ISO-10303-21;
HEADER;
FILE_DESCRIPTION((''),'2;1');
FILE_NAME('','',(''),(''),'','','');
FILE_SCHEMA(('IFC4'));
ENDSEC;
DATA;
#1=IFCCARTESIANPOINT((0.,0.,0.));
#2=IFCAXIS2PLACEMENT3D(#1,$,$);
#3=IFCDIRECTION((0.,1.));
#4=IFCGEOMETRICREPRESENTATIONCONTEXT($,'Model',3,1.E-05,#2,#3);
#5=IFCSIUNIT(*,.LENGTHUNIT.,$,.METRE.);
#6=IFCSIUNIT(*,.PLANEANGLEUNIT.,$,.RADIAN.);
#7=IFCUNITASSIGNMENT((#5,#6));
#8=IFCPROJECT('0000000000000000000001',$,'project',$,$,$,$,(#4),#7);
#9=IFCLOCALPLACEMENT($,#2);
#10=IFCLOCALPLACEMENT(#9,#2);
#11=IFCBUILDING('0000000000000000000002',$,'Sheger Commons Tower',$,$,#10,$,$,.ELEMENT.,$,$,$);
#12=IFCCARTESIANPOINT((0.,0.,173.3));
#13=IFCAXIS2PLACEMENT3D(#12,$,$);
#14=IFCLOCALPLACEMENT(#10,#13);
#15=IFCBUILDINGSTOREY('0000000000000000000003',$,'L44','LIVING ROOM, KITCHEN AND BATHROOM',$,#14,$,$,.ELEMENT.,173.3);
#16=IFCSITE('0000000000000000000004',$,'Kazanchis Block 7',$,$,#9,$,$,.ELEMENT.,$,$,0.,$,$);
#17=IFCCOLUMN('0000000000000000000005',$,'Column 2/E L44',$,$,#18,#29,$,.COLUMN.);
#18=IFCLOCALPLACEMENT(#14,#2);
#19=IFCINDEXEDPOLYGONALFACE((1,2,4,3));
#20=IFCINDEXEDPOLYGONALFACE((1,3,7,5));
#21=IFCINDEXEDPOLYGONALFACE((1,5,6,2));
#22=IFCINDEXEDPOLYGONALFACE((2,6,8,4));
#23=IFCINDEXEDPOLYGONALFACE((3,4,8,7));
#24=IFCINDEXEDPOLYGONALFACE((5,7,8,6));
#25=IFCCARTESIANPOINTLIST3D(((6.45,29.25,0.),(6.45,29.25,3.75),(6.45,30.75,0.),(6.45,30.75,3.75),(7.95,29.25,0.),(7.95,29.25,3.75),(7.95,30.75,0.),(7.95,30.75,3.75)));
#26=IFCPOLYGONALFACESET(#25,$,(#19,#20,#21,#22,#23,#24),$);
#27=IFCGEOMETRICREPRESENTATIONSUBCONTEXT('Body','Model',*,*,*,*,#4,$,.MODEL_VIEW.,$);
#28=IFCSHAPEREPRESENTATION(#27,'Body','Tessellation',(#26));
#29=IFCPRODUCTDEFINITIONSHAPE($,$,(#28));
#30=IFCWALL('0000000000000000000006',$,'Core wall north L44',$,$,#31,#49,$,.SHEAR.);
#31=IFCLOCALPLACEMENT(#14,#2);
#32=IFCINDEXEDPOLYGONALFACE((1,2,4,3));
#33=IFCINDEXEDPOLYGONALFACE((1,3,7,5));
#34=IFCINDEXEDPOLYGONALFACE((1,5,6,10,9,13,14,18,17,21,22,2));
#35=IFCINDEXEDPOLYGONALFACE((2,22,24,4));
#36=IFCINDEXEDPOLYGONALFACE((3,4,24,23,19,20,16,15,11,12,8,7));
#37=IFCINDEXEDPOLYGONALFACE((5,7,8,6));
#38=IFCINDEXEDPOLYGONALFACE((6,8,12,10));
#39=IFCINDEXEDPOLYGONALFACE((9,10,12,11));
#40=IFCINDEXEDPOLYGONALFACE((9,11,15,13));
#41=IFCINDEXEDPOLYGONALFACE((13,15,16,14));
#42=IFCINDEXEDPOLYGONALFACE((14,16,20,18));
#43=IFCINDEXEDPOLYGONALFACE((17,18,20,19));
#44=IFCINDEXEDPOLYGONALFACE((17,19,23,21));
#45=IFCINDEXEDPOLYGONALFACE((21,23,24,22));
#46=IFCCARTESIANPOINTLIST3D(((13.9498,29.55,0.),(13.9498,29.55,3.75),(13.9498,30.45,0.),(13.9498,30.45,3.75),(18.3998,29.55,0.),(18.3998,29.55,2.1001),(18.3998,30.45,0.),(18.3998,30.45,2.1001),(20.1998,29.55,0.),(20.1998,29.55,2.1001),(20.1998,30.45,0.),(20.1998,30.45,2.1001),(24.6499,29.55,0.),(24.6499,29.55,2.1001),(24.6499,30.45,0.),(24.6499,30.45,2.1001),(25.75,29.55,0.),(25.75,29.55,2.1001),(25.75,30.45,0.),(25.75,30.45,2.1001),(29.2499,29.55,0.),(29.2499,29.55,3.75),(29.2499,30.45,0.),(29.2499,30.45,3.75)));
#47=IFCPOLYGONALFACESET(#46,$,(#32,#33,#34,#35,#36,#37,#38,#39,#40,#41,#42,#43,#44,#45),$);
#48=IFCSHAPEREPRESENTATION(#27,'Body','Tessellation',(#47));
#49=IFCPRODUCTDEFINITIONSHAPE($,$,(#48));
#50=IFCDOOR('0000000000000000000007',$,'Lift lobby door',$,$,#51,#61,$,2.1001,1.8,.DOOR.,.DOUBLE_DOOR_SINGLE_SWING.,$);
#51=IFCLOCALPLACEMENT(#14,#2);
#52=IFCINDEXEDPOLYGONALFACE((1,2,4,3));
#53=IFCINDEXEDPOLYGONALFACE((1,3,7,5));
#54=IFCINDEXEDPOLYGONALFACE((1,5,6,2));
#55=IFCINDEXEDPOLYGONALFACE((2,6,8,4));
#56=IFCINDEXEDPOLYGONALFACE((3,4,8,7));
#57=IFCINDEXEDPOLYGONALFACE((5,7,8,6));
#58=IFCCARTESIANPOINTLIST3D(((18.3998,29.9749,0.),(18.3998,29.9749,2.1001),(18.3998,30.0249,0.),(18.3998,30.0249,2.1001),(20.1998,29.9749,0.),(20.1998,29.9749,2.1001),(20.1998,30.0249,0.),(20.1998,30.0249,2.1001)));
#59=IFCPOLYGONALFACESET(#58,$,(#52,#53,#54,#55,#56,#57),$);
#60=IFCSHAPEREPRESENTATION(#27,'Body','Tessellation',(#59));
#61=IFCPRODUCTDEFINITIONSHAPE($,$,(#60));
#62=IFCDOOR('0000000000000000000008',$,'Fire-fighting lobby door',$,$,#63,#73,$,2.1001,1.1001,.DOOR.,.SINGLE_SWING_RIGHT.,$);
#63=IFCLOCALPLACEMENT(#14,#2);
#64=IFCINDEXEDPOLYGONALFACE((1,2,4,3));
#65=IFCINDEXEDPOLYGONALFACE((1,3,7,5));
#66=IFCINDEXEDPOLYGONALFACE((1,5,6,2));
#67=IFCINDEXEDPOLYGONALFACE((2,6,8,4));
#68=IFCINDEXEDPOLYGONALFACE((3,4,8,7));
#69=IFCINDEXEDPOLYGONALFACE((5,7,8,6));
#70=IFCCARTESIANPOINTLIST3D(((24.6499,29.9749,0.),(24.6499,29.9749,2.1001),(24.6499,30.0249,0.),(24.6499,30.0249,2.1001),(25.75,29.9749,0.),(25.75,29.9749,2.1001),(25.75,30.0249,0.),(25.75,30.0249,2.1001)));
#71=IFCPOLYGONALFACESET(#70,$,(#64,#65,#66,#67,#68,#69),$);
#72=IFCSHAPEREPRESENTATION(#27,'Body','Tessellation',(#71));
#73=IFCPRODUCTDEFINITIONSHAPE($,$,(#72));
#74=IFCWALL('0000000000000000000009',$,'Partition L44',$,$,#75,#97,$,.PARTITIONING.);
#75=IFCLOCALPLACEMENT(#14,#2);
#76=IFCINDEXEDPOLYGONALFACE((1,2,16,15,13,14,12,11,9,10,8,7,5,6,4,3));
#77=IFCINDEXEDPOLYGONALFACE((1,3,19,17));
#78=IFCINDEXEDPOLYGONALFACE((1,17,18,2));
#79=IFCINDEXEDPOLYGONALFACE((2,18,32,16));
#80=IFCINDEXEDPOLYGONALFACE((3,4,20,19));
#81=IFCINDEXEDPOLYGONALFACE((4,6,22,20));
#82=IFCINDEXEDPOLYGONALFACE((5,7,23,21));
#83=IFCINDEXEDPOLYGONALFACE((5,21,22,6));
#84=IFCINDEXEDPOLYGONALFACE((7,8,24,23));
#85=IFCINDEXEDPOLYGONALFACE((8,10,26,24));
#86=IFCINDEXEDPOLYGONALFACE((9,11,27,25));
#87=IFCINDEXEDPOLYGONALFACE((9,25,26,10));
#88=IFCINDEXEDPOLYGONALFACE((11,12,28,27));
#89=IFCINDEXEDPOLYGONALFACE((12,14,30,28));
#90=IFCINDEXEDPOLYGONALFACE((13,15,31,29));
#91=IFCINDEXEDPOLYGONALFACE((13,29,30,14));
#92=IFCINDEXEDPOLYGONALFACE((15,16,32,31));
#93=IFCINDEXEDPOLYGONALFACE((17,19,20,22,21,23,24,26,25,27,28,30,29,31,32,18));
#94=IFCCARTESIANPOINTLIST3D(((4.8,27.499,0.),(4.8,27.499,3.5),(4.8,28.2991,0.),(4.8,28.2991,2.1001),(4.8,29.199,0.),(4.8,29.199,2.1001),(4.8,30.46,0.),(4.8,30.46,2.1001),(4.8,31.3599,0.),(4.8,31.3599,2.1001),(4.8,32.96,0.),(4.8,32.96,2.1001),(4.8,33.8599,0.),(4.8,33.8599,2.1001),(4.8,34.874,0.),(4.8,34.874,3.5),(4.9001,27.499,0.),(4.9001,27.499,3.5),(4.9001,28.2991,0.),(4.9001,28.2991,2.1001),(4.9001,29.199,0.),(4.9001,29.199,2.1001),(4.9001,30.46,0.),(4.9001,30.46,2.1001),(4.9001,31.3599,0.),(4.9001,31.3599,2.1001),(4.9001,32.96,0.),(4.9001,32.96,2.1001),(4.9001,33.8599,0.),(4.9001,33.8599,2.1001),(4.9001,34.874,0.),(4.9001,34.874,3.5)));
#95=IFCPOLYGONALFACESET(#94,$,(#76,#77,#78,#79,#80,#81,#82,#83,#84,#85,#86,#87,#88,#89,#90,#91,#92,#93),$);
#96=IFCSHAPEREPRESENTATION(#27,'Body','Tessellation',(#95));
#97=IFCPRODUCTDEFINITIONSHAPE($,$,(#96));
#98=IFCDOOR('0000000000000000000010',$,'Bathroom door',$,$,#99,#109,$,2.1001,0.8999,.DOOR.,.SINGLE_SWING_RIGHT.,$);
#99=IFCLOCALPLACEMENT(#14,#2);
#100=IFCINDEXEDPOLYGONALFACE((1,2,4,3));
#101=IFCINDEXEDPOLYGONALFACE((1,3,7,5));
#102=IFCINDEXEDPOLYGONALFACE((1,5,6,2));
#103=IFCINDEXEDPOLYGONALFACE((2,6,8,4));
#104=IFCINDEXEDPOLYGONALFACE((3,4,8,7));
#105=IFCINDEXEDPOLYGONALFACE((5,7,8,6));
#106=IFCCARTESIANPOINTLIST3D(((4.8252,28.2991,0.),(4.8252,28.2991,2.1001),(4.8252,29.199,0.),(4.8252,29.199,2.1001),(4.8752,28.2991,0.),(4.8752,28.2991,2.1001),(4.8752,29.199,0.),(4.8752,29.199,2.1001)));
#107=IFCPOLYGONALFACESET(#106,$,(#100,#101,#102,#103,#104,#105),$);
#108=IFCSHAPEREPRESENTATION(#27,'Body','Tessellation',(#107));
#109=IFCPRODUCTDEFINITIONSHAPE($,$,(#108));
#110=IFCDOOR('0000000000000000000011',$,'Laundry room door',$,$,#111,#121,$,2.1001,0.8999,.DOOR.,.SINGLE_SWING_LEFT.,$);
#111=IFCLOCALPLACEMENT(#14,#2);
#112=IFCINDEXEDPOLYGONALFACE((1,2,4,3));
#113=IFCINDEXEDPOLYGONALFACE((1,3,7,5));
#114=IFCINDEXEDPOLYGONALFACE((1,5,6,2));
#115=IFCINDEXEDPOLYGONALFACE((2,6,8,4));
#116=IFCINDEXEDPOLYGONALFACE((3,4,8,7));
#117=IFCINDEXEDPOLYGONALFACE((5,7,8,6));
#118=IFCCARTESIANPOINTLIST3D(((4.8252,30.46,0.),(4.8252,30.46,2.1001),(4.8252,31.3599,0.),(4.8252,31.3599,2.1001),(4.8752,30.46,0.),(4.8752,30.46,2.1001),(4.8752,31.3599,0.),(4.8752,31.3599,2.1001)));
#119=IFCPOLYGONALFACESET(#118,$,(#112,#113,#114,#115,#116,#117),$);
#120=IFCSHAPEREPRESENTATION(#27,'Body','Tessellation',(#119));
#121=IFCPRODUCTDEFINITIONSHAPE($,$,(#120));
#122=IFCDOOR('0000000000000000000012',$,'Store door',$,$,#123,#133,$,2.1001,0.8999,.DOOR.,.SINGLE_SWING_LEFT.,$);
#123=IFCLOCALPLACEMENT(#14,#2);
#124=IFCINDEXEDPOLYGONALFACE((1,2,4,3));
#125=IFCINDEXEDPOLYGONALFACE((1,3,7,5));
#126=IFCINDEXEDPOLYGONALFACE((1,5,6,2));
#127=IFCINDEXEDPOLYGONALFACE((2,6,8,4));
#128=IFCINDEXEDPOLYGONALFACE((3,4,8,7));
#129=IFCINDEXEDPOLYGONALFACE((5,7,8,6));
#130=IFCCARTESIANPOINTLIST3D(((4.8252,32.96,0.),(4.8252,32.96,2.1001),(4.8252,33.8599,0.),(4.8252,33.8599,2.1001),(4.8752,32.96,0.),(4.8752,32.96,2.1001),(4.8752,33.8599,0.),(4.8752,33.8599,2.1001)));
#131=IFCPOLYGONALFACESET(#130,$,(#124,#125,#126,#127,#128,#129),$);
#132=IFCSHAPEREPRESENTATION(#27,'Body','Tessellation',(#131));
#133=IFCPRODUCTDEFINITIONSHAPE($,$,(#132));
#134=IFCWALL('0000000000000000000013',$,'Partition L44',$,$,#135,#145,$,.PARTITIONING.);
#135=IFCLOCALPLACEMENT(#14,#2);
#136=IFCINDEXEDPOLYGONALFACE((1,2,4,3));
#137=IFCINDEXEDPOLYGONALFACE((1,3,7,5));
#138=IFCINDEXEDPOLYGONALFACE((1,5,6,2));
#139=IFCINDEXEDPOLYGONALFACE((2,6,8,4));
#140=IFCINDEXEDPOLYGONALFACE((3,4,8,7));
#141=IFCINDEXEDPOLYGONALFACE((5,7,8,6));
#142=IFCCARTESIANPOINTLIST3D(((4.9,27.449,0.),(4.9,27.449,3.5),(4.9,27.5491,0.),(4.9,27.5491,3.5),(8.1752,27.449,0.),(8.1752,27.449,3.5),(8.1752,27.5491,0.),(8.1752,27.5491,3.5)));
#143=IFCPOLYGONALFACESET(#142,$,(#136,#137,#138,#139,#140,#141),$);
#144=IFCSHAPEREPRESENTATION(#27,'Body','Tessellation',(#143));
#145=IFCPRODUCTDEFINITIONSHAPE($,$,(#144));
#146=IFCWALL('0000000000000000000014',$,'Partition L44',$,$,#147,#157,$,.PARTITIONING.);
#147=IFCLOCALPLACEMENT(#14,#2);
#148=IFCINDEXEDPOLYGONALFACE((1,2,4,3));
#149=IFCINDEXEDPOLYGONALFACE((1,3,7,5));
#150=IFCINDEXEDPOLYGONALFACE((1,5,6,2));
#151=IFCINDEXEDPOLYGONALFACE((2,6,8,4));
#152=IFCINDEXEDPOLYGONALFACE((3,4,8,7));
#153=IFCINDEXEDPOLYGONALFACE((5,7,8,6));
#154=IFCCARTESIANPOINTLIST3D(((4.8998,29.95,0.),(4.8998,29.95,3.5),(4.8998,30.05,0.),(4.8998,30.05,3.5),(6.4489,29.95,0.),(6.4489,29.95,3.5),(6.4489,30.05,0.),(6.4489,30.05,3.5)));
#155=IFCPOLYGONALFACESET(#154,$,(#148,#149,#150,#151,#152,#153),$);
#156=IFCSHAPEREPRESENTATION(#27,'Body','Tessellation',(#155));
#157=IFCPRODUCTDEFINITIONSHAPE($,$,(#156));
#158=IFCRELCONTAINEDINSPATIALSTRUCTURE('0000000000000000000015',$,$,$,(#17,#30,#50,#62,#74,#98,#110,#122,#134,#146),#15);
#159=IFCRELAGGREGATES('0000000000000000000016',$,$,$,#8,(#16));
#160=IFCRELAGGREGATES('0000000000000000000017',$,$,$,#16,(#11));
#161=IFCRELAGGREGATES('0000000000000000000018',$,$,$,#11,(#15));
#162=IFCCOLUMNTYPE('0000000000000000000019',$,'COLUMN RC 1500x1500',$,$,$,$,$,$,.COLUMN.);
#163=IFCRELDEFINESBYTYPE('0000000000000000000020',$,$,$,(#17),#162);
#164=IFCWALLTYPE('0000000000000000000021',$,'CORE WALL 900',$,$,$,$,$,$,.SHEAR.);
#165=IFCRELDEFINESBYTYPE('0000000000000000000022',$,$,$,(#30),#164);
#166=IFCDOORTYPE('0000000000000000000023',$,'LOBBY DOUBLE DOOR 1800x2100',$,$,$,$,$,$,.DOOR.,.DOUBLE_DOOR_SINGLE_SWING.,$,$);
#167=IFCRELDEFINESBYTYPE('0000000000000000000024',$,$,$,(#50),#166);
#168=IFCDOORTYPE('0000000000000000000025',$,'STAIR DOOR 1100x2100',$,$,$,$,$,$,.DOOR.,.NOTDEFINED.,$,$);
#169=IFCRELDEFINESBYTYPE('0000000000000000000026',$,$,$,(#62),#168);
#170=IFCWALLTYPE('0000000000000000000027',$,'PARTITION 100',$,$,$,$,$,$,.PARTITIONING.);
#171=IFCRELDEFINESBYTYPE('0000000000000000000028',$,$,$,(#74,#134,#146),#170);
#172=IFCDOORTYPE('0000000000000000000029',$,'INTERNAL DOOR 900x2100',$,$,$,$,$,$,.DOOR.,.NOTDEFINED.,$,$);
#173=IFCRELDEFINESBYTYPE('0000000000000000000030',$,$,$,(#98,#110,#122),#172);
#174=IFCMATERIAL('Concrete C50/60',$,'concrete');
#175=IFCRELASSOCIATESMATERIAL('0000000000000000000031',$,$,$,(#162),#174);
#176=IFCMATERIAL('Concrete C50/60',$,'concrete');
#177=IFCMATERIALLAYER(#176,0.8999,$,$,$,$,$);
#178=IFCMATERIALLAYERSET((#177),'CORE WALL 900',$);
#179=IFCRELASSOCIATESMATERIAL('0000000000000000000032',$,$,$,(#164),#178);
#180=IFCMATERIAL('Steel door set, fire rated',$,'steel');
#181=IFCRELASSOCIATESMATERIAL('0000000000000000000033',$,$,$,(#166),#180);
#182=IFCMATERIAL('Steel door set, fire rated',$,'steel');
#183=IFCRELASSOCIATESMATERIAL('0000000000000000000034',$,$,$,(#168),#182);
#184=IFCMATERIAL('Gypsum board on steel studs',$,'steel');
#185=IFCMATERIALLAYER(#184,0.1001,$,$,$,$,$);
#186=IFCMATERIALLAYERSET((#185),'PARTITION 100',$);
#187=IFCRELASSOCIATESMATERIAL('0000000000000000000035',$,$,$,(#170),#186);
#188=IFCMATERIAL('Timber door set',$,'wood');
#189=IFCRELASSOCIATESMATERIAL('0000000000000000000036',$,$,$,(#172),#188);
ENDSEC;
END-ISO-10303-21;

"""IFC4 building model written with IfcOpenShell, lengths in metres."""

from ifc_helpers import new_model, si_unit, direction, frame, frame_2d, origin, origin_2d, place, context, subcontext, project, spatial, rectangle, extrude, material, layer, layer_set, material_profile, profile_set, type_object, element, fill, save


model = new_model("IFC4")

# Units and contexts
model_context = context("Model", 3, precision=1e-05, world=origin(), true_north=direction((0.0, 1.0)))
body_context = subcontext(model_context, "Body", "Model", "MODEL_VIEW")
ifc_project = project(units=[si_unit("LENGTHUNIT", "METRE"), si_unit("PLANEANGLEUNIT", "RADIAN")], contexts=[model_context])

# Site, building, storey
site_placement = place(None, origin())
site = spatial("IfcSite", under=ifc_project, at=site_placement, Name="Kazanchis Block 7", CompositionType="ELEMENT", RefElevation=0.0)
building_placement = place(site_placement, origin())
building = spatial("IfcBuilding", under=site, at=building_placement, Name="Sheger Commons Tower", CompositionType="ELEMENT")
storey_placement = place(building_placement, frame((0.0, 0.0, 173.3)))
storey = spatial("IfcBuildingStorey", under=building, at=storey_placement, Name="L44", Description="LIVING ROOM, KITCHEN AND BATHROOM", CompositionType="ELEMENT", Elevation=173.3)

# Column
ifc_material_1 = material(Name="Concrete C50/60", Category="concrete")
ifc_material_profile = material_profile(ifc_material_1, rectangle(XDim=1.5, YDim=1.5, at=origin_2d()), Name="RC 1500x1500")
ifc_profile_set = profile_set([ifc_material_profile], Name="Concrete C50/60")
column_type = type_object("IfcColumnType", Name="COLUMN RC 1500x1500", PredefinedType="COLUMN", material=ifc_profile_set)
column_placement = place(storey_placement, frame((7.2, 30.0, 0.0), z_axis=(0.0, 0.0, 1.0), x_axis=(1.0, 0.0, 0.0)))
element("IfcColumn", 1, at=column_placement, inside=storey, type_object=column_type, Name="Column 2/E L44", PredefinedType="COLUMN", context=body_context, shape_type="SweptSolid", body=[
    extrude(rectangle(XDim=1.5, YDim=1.5, at=origin_2d()), origin(), (0.0, 0.0, 1.0), 3.75),
])

# Walls, openings, doors
ifc_material_2 = material(Name="Concrete C50/60", Category="concrete")
ifc_layer_1 = layer(ifc_material_2, 0.8999)
ifc_layer_set_1 = layer_set([ifc_layer_1], Name="CORE WALL 900")
wall_type_1 = type_object("IfcWallType", Name="CORE WALL 900", PredefinedType="SHEAR", material=ifc_layer_set_1)
wall_1_placement = place(storey_placement, frame((13.95, 30.0, 0.0), z_axis=(0.0, 0.0, 1.0), x_axis=(1.0, 0.0, 0.0)))
wall_1 = element("IfcWall", 2, at=wall_1_placement, inside=storey, type_object=wall_type_1, Name="Core wall north L44", PredefinedType="SHEAR", context=body_context, shape_type="SweptSolid", body=[
    extrude(rectangle(XDim=15.3, YDim=0.8999, at=frame_2d((7.6499, 0.0))), origin(), (0.0, 0.0, 1.0), 3.75),
])
opening_1_placement = place(wall_1_placement, frame((4.45, 0.0, 0.0)))
opening_1 = element("IfcOpeningElement", 3, at=opening_1_placement, cuts=wall_1, PredefinedType="OPENING", context=body_context, shape_type="SweptSolid", body=[
    extrude(rectangle(XDim=1.8, YDim=2.1001, at=frame_2d((0.8999, 1.05))), frame((0.0, 0.46, 0.0), z_axis=(0.0, -1.0, 0.0), x_axis=(1.0, 0.0, 0.0)), (0.0, 0.0, 1.0), 0.9199),
])
opening_2_placement = place(wall_1_placement, frame((10.7, 0.0, 0.0)))
opening_2 = element("IfcOpeningElement", 4, at=opening_2_placement, cuts=wall_1, PredefinedType="OPENING", context=body_context, shape_type="SweptSolid", body=[
    extrude(rectangle(XDim=1.1001, YDim=2.1001, at=frame_2d((0.55, 1.05))), frame((0.0, 0.46, 0.0), z_axis=(0.0, -1.0, 0.0), x_axis=(1.0, 0.0, 0.0)), (0.0, 0.0, 1.0), 0.9199),
])
ifc_material_3 = material(Name="Steel door set, fire rated", Category="steel")
door_type_1 = type_object("IfcDoorType", Name="LOBBY DOUBLE DOOR 1800x2100", OperationType="DOUBLE_DOOR_SINGLE_SWING", PredefinedType="DOOR", material=ifc_material_3)
door_1_placement = place(opening_1_placement, origin())
door_1 = element("IfcDoor", 5, at=door_1_placement, inside=storey, type_object=door_type_1, Name="Lift lobby door", OperationType="DOUBLE_DOOR_SINGLE_SWING", OverallHeight=2.1001, OverallWidth=1.8, PredefinedType="DOOR", context=body_context, shape_type="SweptSolid", body=[
    extrude(rectangle(XDim=1.8, YDim=2.1001, at=frame_2d((0.8999, 1.05))), frame((0.0, 0.0249, 0.0), z_axis=(0.0, -1.0, 0.0), x_axis=(1.0, 0.0, 0.0)), (0.0, 0.0, 1.0), 0.05),
])
fill(opening_1, door_1)
ifc_material_4 = material(Name="Steel door set, fire rated", Category="steel")
door_type_2 = type_object("IfcDoorType", Name="STAIR DOOR 1100x2100", OperationType="NOTDEFINED", PredefinedType="DOOR", material=ifc_material_4)
door_2_placement = place(opening_2_placement, origin())
door_2 = element("IfcDoor", 6, at=door_2_placement, inside=storey, type_object=door_type_2, Name="Fire-fighting lobby door", OperationType="SINGLE_SWING_RIGHT", OverallHeight=2.1001, OverallWidth=1.1001, PredefinedType="DOOR", context=body_context, shape_type="SweptSolid", body=[
    extrude(rectangle(XDim=1.1001, YDim=2.1001, at=frame_2d((0.55, 1.05))), frame((0.0, 0.0249, 0.0), z_axis=(0.0, -1.0, 0.0), x_axis=(1.0, 0.0, 0.0)), (0.0, 0.0, 1.0), 0.05),
])
fill(opening_2, door_2)
ifc_material_5 = material(Name="Gypsum board on steel studs", Category="steel")
ifc_layer_2 = layer(ifc_material_5, 0.1001)
ifc_layer_set_2 = layer_set([ifc_layer_2], Name="PARTITION 100")
wall_type_2 = type_object("IfcWallType", Name="PARTITION 100", PredefinedType="PARTITIONING", material=ifc_layer_set_2)
wall_2_placement = place(storey_placement, frame((4.8501, 27.499, 0.0), z_axis=(0.0, 0.0, 1.0), x_axis=(0.0, 1.0, 0.0)))
wall_2 = element("IfcWall", 7, at=wall_2_placement, inside=storey, type_object=wall_type_2, Name="Partition L44", PredefinedType="PARTITIONING", context=body_context, shape_type="SweptSolid", body=[
    extrude(rectangle(XDim=7.375, YDim=0.1001, at=frame_2d((3.6875, 0.0))), origin(), (0.0, 0.0, 1.0), 3.5),
])
opening_3_placement = place(wall_2_placement, frame((0.8, 0.0, 0.0)))
opening_3 = element("IfcOpeningElement", 8, at=opening_3_placement, cuts=wall_2, PredefinedType="OPENING", context=body_context, shape_type="SweptSolid", body=[
    extrude(rectangle(XDim=0.8999, YDim=2.1001, at=frame_2d((0.45, 1.05))), frame((0.0, 0.0601, 0.0), z_axis=(0.0, -1.0, 0.0), x_axis=(1.0, 0.0, 0.0)), (0.0, 0.0, 1.0), 0.1201),
])
opening_4_placement = place(wall_2_placement, frame((2.9609, 0.0, 0.0)))
opening_4 = element("IfcOpeningElement", 9, at=opening_4_placement, cuts=wall_2, PredefinedType="OPENING", context=body_context, shape_type="SweptSolid", body=[
    extrude(rectangle(XDim=0.8999, YDim=2.1001, at=frame_2d((0.45, 1.05))), frame((0.0, 0.0601, 0.0), z_axis=(0.0, -1.0, 0.0), x_axis=(1.0, 0.0, 0.0)), (0.0, 0.0, 1.0), 0.1201),
])
opening_5_placement = place(wall_2_placement, frame((5.4609, 0.0, 0.0)))
opening_5 = element("IfcOpeningElement", 10, at=opening_5_placement, cuts=wall_2, PredefinedType="OPENING", context=body_context, shape_type="SweptSolid", body=[
    extrude(rectangle(XDim=0.8999, YDim=2.1001, at=frame_2d((0.45, 1.05))), frame((0.0, 0.0601, 0.0), z_axis=(0.0, -1.0, 0.0), x_axis=(1.0, 0.0, 0.0)), (0.0, 0.0, 1.0), 0.1201),
])
ifc_material_6 = material(Name="Timber door set", Category="wood")
door_type_3 = type_object("IfcDoorType", Name="INTERNAL DOOR 900x2100", OperationType="NOTDEFINED", PredefinedType="DOOR", material=ifc_material_6)
door_3_placement = place(opening_3_placement, origin())
door_3 = element("IfcDoor", 11, at=door_3_placement, inside=storey, type_object=door_type_3, Name="Bathroom door", OperationType="SINGLE_SWING_RIGHT", OverallHeight=2.1001, OverallWidth=0.8999, PredefinedType="DOOR", context=body_context, shape_type="SweptSolid", body=[
    extrude(rectangle(XDim=0.8999, YDim=2.1001, at=frame_2d((0.45, 1.05))), frame((0.0, 0.0249, 0.0), z_axis=(0.0, -1.0, 0.0), x_axis=(1.0, 0.0, 0.0)), (0.0, 0.0, 1.0), 0.05),
])
fill(opening_3, door_3)
door_4_placement = place(opening_4_placement, origin())
door_4 = element("IfcDoor", 12, at=door_4_placement, inside=storey, type_object=door_type_3, Name="Laundry room door", OperationType="SINGLE_SWING_LEFT", OverallHeight=2.1001, OverallWidth=0.8999, PredefinedType="DOOR", context=body_context, shape_type="SweptSolid", body=[
    extrude(rectangle(XDim=0.8999, YDim=2.1001, at=frame_2d((0.45, 1.05))), frame((0.0, 0.0249, 0.0), z_axis=(0.0, -1.0, 0.0), x_axis=(1.0, 0.0, 0.0)), (0.0, 0.0, 1.0), 0.05),
])
fill(opening_4, door_4)
door_5_placement = place(opening_5_placement, origin())
door_5 = element("IfcDoor", 13, at=door_5_placement, inside=storey, type_object=door_type_3, Name="Store door", OperationType="SINGLE_SWING_LEFT", OverallHeight=2.1001, OverallWidth=0.8999, PredefinedType="DOOR", context=body_context, shape_type="SweptSolid", body=[
    extrude(rectangle(XDim=0.8999, YDim=2.1001, at=frame_2d((0.45, 1.05))), frame((0.0, 0.0249, 0.0), z_axis=(0.0, -1.0, 0.0), x_axis=(1.0, 0.0, 0.0)), (0.0, 0.0, 1.0), 0.05),
])
fill(opening_5, door_5)

# Walls
wall_3_placement = place(storey_placement, frame((4.8999, 27.499, 0.0), z_axis=(0.0, 0.0, 1.0), x_axis=(1.0, 0.0, 0.0)))
element("IfcWall", 14, at=wall_3_placement, inside=storey, type_object=wall_type_2, Name="Partition L44", PredefinedType="PARTITIONING", context=body_context, shape_type="SweptSolid", body=[
    extrude(rectangle(XDim=3.2751, YDim=0.1001, at=frame_2d((1.6377, 0.0))), origin(), (0.0, 0.0, 1.0), 3.5),
])
wall_4_placement = place(storey_placement, frame((4.8999, 30.0, 0.0), z_axis=(0.0, 0.0, 1.0), x_axis=(1.0, 0.0, 0.0)))
element("IfcWall", 15, at=wall_4_placement, inside=storey, type_object=wall_type_2, Name="Partition L44", PredefinedType="PARTITIONING", context=body_context, shape_type="SweptSolid", body=[
    extrude(rectangle(XDim=1.5491, YDim=0.1001, at=frame_2d((0.7744, 0.0))), origin(), (0.0, 0.0, 1.0), 3.5),
])

save(model, "model.ifc")
